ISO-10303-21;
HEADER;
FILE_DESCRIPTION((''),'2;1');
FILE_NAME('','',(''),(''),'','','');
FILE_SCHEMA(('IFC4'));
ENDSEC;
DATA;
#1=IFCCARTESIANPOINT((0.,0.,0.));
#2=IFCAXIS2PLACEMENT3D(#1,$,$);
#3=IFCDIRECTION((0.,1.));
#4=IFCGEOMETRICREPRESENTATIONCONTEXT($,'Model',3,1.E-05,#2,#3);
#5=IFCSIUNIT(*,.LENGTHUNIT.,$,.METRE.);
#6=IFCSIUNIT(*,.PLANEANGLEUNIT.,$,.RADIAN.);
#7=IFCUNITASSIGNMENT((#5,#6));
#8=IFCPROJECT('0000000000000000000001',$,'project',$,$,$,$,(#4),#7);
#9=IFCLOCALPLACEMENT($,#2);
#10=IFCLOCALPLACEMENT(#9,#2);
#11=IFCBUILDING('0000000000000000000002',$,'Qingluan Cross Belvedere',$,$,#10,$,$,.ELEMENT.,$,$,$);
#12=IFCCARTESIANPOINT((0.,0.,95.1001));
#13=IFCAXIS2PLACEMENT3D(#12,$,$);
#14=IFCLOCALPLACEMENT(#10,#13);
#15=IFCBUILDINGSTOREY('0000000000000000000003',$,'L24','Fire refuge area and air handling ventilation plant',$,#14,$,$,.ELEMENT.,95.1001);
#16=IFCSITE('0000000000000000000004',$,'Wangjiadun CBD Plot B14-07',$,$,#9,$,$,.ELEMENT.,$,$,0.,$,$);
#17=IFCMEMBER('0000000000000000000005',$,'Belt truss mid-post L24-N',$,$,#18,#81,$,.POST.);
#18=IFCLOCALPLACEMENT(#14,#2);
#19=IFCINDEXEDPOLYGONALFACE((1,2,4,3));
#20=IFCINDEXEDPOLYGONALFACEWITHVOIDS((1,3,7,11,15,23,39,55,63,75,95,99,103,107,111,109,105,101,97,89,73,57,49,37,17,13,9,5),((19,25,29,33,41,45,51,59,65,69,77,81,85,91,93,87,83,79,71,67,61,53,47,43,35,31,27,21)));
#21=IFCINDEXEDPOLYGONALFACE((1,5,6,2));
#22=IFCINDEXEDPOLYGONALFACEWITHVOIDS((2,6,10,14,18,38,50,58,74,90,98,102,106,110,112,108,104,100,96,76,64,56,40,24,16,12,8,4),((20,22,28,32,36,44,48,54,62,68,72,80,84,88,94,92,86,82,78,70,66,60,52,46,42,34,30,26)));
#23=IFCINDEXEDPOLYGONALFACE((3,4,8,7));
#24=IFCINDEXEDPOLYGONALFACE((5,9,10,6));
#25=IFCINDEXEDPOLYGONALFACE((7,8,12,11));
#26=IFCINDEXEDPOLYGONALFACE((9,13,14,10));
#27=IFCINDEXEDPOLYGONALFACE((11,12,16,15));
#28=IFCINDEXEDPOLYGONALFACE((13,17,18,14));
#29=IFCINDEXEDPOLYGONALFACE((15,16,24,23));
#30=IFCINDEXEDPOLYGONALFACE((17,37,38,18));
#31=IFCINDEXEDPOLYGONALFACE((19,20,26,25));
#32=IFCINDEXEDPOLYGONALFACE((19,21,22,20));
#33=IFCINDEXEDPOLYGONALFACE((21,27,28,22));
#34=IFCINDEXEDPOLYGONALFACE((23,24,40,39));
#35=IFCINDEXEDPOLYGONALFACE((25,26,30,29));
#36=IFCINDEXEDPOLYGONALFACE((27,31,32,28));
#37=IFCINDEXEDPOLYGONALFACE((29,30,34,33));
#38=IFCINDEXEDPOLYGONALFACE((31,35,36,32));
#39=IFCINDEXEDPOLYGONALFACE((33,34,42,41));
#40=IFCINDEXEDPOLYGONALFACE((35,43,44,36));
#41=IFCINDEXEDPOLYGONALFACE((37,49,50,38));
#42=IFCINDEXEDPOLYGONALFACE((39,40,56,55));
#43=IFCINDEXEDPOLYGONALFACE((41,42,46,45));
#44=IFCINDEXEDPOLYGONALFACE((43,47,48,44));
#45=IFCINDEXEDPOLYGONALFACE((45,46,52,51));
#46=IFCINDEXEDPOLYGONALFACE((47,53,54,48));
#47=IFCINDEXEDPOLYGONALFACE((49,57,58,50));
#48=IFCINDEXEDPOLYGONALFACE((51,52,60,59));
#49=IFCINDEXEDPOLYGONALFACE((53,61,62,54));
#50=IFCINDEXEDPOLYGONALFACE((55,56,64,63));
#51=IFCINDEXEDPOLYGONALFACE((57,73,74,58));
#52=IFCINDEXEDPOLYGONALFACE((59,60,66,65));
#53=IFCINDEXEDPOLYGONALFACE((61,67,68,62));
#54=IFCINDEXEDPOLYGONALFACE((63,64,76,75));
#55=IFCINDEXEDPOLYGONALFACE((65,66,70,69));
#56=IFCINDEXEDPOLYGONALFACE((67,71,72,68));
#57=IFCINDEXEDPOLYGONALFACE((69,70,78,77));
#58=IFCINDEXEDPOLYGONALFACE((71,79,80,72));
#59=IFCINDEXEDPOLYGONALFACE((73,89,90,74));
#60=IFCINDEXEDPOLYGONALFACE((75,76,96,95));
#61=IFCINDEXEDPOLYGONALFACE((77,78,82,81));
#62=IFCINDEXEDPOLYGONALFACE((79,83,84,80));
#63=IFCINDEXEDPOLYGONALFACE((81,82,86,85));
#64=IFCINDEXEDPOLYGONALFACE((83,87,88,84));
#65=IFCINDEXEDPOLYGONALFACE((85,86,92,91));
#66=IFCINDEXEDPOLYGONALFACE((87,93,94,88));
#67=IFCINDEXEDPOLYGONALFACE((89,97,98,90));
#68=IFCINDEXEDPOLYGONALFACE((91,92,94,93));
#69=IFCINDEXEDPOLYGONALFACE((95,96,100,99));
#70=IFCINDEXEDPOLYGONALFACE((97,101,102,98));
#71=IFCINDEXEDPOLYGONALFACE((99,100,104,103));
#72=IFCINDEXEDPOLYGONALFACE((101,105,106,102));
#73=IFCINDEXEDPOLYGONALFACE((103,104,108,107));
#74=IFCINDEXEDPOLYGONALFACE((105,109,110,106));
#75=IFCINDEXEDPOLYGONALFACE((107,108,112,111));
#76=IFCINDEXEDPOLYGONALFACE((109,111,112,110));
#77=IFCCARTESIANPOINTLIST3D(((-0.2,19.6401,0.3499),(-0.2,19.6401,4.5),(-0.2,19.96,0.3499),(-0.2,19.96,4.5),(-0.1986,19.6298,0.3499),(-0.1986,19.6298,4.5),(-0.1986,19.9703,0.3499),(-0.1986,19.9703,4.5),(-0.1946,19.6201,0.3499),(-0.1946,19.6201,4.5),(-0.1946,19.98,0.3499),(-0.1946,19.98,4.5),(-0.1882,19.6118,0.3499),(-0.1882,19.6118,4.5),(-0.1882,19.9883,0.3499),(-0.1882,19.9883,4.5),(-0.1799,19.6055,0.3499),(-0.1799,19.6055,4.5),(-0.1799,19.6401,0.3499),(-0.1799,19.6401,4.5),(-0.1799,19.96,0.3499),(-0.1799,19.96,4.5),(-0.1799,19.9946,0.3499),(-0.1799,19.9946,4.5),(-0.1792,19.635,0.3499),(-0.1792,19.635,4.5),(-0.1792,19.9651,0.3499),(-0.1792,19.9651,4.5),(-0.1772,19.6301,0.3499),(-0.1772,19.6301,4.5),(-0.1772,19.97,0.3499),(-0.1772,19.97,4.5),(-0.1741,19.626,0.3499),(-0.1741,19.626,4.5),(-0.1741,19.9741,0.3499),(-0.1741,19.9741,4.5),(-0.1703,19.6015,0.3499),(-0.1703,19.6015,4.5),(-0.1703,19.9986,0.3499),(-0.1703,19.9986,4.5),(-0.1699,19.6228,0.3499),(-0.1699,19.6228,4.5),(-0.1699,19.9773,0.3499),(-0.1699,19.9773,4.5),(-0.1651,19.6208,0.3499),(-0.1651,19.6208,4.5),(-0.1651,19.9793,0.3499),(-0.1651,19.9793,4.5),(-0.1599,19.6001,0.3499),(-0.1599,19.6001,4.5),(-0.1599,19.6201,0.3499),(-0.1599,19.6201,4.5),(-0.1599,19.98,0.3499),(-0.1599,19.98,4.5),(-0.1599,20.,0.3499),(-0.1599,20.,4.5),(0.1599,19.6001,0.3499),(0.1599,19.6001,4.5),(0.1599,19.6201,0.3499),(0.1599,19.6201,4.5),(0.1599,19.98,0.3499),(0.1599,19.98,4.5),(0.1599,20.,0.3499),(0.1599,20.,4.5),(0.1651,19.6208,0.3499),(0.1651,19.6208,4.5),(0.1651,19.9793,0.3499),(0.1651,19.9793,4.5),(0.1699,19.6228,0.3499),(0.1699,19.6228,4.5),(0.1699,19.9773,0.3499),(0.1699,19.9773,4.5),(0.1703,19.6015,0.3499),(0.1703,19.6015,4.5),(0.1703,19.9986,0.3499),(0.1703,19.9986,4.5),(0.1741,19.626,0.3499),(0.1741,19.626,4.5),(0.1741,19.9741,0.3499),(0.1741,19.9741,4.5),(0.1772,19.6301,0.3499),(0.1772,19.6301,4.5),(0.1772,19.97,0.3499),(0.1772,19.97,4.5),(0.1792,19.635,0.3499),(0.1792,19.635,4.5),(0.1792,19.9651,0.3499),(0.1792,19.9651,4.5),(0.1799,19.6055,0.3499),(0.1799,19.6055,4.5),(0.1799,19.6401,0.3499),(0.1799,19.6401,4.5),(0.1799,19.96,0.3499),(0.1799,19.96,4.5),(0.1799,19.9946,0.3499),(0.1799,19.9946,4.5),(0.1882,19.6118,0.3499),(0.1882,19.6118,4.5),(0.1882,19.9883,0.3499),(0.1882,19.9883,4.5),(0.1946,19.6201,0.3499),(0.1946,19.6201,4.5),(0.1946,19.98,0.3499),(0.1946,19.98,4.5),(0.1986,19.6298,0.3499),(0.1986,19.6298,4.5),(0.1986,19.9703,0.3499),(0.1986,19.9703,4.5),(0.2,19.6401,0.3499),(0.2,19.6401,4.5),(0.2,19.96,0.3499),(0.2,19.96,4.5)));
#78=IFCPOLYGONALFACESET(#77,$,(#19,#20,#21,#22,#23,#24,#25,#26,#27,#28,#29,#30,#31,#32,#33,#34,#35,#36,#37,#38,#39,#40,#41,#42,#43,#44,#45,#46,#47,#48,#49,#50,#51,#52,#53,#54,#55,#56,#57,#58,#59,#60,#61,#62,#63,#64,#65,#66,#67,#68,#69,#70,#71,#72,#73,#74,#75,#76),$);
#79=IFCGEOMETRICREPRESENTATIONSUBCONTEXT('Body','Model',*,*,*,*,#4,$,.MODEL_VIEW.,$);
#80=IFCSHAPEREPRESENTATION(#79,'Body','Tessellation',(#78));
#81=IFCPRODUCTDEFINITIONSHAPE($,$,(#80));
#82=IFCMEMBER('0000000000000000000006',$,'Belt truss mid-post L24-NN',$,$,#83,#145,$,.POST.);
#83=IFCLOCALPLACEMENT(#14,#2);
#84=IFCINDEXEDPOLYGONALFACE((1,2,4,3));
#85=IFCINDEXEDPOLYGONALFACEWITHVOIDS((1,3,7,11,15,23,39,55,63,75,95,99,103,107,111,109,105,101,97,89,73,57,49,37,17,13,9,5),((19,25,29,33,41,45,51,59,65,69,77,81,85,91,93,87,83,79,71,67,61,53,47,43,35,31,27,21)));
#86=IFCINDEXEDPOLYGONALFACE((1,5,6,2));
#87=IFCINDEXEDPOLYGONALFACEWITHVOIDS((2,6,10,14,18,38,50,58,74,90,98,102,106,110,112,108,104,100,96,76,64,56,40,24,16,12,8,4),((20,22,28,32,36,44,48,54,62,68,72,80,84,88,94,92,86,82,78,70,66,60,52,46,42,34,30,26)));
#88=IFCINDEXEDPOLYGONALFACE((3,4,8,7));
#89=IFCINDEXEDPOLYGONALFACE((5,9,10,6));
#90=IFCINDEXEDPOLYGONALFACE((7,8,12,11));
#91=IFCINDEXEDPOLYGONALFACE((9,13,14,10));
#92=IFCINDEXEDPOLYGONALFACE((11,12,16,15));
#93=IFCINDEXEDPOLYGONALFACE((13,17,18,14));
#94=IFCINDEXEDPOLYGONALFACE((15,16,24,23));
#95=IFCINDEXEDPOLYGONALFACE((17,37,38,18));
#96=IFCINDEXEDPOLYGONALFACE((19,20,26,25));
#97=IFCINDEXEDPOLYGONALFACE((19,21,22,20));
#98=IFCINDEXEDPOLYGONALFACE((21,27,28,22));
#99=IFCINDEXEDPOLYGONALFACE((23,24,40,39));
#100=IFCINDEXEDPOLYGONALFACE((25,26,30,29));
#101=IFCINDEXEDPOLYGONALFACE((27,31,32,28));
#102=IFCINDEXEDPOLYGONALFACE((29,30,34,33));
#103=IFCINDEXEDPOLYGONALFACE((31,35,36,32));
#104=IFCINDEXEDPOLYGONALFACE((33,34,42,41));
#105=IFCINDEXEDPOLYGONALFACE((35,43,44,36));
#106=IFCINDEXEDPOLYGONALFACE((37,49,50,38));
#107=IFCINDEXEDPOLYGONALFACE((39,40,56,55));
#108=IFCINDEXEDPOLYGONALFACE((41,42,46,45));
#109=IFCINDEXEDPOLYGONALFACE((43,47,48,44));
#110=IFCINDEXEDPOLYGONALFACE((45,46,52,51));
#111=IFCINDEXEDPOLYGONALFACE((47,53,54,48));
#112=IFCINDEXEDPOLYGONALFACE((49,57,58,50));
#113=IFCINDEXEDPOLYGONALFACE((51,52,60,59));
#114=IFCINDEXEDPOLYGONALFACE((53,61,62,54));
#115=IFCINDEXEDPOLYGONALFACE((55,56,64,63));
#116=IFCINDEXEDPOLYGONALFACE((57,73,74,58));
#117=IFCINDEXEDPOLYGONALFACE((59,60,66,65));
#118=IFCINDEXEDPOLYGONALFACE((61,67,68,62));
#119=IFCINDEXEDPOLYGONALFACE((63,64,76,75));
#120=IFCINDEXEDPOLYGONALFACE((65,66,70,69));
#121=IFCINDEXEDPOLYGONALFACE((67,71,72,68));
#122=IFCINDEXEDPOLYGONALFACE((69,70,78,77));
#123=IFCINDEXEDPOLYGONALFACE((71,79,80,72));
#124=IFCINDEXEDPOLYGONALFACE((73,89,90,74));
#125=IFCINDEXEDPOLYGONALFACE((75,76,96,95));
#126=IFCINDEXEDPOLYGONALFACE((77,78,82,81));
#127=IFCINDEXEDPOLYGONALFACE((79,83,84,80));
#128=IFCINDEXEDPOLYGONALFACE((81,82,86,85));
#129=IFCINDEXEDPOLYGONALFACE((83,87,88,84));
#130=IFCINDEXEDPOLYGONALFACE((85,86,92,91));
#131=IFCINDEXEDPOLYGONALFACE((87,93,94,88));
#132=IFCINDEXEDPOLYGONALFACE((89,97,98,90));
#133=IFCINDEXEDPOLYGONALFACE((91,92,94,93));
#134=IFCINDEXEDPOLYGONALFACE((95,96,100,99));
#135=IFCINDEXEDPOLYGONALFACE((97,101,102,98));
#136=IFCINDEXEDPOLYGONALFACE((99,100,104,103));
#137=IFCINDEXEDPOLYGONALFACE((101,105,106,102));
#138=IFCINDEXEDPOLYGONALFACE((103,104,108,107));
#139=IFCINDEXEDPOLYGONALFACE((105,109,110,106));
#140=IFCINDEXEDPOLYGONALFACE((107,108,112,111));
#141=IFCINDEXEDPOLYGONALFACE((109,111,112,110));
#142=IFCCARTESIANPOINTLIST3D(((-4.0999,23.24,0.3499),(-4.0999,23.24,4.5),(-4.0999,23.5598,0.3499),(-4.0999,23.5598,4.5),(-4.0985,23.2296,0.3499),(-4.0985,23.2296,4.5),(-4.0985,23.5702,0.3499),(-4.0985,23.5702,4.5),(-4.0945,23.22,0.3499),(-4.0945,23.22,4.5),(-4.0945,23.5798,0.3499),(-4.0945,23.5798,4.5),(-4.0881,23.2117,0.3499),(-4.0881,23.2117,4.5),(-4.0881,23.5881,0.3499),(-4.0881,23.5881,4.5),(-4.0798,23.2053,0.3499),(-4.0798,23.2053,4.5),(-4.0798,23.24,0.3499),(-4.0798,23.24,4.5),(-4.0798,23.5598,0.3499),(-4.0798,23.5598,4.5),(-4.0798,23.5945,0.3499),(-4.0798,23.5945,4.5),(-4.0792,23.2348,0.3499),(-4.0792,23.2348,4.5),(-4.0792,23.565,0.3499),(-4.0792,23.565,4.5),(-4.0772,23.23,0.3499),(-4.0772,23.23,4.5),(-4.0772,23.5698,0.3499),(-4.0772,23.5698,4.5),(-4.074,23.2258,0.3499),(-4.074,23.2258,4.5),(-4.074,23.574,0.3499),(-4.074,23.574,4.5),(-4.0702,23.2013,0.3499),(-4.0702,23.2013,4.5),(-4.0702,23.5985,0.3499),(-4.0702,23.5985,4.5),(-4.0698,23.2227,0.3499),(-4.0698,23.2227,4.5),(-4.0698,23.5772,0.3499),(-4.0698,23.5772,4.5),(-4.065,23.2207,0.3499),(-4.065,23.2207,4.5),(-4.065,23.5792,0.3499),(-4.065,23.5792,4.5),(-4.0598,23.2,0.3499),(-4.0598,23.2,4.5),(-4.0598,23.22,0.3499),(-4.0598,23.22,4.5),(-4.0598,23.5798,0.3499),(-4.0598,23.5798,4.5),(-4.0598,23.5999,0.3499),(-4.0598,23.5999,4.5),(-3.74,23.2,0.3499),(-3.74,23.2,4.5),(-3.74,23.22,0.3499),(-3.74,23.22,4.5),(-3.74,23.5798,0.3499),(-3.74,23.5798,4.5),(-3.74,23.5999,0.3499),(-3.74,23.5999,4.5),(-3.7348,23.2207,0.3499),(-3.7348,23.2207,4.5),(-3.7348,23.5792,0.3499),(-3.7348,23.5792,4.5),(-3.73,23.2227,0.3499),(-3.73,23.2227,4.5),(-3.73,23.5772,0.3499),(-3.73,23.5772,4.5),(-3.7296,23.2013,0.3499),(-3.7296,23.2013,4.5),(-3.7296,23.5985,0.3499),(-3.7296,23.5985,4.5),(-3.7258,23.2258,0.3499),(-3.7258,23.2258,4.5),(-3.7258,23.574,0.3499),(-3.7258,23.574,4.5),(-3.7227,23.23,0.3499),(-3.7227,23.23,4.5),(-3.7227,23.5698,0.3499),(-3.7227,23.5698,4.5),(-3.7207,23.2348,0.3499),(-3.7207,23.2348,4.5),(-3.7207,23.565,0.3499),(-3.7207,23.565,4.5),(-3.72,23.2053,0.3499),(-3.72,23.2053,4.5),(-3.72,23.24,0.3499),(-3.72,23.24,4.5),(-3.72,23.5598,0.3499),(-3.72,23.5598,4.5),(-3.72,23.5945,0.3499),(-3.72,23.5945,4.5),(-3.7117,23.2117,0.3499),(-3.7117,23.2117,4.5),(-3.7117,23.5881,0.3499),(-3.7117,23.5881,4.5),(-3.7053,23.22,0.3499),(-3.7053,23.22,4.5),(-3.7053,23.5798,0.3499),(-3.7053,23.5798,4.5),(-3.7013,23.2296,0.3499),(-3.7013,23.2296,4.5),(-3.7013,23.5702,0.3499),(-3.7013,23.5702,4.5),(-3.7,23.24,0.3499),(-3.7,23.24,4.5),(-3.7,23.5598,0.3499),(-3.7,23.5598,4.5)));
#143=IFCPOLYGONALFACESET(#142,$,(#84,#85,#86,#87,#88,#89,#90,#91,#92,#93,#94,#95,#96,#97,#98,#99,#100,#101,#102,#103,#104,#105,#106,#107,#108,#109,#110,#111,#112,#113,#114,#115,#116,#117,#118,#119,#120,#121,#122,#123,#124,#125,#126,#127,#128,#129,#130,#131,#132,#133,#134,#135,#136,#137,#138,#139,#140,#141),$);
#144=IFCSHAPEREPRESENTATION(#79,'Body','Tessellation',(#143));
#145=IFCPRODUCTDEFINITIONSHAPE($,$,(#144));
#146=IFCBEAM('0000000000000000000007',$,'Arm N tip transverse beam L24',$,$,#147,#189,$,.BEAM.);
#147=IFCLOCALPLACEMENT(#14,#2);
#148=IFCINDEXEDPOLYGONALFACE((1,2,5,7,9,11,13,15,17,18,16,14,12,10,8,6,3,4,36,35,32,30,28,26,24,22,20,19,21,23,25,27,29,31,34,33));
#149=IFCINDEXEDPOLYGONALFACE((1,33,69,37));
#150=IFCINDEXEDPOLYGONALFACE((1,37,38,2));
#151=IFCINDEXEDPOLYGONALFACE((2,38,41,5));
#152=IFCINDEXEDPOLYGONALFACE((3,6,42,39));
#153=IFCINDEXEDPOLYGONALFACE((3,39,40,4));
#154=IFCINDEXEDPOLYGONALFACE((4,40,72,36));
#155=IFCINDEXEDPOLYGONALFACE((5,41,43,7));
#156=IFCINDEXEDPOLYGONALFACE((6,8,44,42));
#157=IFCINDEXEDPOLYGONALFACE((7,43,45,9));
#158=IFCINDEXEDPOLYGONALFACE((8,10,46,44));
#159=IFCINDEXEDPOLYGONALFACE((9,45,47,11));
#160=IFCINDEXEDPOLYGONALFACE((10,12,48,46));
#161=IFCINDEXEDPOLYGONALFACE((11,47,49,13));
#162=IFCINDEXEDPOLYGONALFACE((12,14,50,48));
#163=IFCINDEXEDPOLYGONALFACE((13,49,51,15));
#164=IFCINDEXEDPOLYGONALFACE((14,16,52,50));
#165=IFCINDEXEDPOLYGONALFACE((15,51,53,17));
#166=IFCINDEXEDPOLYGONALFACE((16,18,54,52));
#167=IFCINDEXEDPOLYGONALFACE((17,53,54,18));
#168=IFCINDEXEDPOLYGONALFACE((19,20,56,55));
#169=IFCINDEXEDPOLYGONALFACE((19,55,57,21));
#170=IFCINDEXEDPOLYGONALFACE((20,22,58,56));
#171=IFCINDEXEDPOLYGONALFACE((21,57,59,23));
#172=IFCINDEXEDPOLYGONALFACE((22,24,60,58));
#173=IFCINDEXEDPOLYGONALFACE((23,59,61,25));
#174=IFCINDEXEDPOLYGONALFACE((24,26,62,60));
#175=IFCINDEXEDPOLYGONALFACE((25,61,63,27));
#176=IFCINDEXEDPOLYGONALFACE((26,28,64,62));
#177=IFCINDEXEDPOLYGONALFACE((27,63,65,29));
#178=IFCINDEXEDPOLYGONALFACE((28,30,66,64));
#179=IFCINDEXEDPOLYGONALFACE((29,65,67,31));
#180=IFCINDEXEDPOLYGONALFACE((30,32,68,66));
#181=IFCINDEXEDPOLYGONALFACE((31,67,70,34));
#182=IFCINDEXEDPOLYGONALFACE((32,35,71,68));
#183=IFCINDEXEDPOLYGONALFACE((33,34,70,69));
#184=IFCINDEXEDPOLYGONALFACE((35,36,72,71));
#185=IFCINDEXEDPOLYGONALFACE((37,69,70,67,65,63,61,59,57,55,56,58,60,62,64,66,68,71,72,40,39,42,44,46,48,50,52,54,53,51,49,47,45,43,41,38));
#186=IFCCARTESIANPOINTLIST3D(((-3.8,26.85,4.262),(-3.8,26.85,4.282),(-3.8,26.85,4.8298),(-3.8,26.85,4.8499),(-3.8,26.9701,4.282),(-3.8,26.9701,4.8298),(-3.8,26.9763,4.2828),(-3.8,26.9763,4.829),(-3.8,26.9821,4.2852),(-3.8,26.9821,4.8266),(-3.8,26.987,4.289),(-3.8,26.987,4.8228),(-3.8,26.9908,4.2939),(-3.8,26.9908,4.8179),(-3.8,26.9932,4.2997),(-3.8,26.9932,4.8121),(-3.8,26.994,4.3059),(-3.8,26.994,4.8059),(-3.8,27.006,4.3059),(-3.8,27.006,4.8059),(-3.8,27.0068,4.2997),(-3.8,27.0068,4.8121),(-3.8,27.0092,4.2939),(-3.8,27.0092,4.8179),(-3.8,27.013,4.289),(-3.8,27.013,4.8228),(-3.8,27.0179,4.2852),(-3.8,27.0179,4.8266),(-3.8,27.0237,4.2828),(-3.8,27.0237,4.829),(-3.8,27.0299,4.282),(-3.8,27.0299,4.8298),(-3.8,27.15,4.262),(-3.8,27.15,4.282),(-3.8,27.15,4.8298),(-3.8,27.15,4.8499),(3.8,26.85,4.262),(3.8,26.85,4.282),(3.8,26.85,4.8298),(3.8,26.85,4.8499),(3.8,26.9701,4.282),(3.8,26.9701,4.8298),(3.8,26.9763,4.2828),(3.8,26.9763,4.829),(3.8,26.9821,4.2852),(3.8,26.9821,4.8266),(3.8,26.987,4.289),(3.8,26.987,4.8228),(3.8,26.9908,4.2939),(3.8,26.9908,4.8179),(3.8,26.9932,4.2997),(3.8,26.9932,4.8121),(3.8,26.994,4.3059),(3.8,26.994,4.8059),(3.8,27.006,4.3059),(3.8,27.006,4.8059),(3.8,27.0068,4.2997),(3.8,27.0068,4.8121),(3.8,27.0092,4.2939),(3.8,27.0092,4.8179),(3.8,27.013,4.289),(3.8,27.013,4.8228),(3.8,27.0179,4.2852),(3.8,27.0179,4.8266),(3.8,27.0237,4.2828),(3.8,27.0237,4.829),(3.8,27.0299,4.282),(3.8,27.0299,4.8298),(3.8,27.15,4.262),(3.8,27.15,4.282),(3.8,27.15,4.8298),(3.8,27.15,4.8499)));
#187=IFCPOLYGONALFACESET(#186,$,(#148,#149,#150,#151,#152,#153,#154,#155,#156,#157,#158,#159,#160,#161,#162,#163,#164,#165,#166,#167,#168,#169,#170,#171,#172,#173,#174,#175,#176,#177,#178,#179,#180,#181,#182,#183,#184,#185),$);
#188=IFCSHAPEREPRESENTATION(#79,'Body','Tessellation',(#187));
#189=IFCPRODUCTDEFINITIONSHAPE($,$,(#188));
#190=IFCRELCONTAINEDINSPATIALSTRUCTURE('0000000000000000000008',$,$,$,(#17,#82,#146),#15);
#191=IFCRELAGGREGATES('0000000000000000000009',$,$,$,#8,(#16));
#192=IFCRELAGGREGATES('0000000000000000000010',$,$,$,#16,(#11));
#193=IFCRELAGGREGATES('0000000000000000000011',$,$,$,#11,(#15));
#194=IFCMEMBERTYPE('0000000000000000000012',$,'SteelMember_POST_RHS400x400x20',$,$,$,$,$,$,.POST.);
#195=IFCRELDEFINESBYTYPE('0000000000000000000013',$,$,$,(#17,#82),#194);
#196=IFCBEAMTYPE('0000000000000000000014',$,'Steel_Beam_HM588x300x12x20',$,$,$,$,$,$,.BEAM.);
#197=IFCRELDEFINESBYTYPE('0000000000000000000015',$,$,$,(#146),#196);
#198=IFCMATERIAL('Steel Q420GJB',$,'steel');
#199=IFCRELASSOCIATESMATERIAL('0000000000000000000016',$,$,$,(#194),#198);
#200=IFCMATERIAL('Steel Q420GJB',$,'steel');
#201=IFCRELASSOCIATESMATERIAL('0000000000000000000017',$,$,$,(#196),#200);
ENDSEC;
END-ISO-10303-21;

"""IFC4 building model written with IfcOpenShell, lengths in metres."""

from ifc_helpers import new_model, si_unit, direction, frame, origin, origin_2d, place, context, subcontext, project, spatial, hollow_rectangle, i_section, extrude, material, material_profile, profile_set, type_object, element, save


model = new_model("IFC4")

# Units and contexts
model_context = context("Model", 3, precision=1e-05, world=origin(), true_north=direction((0.0, 1.0)))
body_context = subcontext(model_context, "Body", "Model", "MODEL_VIEW")
ifc_project = project(units=[si_unit("LENGTHUNIT", "METRE"), si_unit("PLANEANGLEUNIT", "RADIAN")], contexts=[model_context])

# Site, building, storey
site_placement = place(None, origin())
site = spatial("IfcSite", under=ifc_project, at=site_placement, Name="Wangjiadun CBD Plot B14-07", CompositionType="ELEMENT", RefElevation=0.0)
building_placement = place(site_placement, origin())
building = spatial("IfcBuilding", under=site, at=building_placement, Name="Qingluan Cross Belvedere", CompositionType="ELEMENT")
storey_placement = place(building_placement, frame((0.0, 0.0, 95.1001)))
storey = spatial("IfcBuildingStorey", under=building, at=storey_placement, Name="L24", Description="Fire refuge area and air handling ventilation plant", CompositionType="ELEMENT", Elevation=95.1001)

# Members
ifc_material_1 = material(Name="Steel Q420GJB", Category="steel")
ifc_material_profile_1 = material_profile(ifc_material_1, hollow_rectangle(XDim=0.3999, YDim=0.3999, WallThickness=0.02, InnerFilletRadius=0.02, OuterFilletRadius=0.04, at=origin_2d()), Name="RHS400x400x20")
ifc_profile_set_1 = profile_set([ifc_material_profile_1], Name="Steel Q420GJB")
member_type_1 = type_object("IfcMemberType", Name="SteelMember_POST_RHS400x400x20", PredefinedType="POST", material=ifc_profile_set_1)
for number, where, z_axis, x_axis, name in (
    (1, (0.0, 19.8, 0.3499), (0.0, 0.0, 1.0), (1.0, 0.0, 0.0), "Belt truss mid-post L24-N"),
    (2, (-3.8999, 23.3999, 0.3499), (0.0, 0.0, 1.0), (1.0, 0.0, 0.0), "Belt truss mid-post L24-NN"),
):
    element("IfcMember", number, at=place(storey_placement, frame(where, z_axis=z_axis, x_axis=x_axis)), inside=storey, type_object=member_type_1, Name=name, PredefinedType="POST", context=body_context, shape_type="SweptSolid", body=[
        extrude(hollow_rectangle(XDim=0.3999, YDim=0.3999, WallThickness=0.02, InnerFilletRadius=0.02, OuterFilletRadius=0.04, at=origin_2d()), origin(), (0.0, 0.0, 1.0), 4.1501),
    ])

# Beam
ifc_material_2 = material(Name="Steel Q420GJB", Category="steel")
ifc_material_profile_2 = material_profile(ifc_material_2, i_section(OverallWidth=0.3, OverallDepth=0.5879, WebThickness=0.012, FlangeThickness=0.02, FilletRadius=0.0239, at=origin_2d()), Name="HM588x300x12x20")
ifc_profile_set_2 = profile_set([ifc_material_profile_2], Name="Steel Q420GJB")
beam_type_1 = type_object("IfcBeamType", Name="Steel_Beam_HM588x300x12x20", PredefinedType="BEAM", material=ifc_profile_set_2)
beam_1_placement = place(storey_placement, frame((-3.8, 27.0, 4.5559), z_axis=(1.0, 0.0, 0.0), x_axis=(0.0, 1.0, 0.0)))
element("IfcBeam", 3, at=beam_1_placement, inside=storey, type_object=beam_type_1, Name="Arm N tip transverse beam L24", PredefinedType="BEAM", context=body_context, shape_type="SweptSolid", body=[
    extrude(i_section(OverallWidth=0.3, OverallDepth=0.5879, WebThickness=0.012, FlangeThickness=0.02, FilletRadius=0.0239, at=origin_2d()), origin(), (0.0, 0.0, 1.0), 7.6001),
])

save(model, "model.ifc")
